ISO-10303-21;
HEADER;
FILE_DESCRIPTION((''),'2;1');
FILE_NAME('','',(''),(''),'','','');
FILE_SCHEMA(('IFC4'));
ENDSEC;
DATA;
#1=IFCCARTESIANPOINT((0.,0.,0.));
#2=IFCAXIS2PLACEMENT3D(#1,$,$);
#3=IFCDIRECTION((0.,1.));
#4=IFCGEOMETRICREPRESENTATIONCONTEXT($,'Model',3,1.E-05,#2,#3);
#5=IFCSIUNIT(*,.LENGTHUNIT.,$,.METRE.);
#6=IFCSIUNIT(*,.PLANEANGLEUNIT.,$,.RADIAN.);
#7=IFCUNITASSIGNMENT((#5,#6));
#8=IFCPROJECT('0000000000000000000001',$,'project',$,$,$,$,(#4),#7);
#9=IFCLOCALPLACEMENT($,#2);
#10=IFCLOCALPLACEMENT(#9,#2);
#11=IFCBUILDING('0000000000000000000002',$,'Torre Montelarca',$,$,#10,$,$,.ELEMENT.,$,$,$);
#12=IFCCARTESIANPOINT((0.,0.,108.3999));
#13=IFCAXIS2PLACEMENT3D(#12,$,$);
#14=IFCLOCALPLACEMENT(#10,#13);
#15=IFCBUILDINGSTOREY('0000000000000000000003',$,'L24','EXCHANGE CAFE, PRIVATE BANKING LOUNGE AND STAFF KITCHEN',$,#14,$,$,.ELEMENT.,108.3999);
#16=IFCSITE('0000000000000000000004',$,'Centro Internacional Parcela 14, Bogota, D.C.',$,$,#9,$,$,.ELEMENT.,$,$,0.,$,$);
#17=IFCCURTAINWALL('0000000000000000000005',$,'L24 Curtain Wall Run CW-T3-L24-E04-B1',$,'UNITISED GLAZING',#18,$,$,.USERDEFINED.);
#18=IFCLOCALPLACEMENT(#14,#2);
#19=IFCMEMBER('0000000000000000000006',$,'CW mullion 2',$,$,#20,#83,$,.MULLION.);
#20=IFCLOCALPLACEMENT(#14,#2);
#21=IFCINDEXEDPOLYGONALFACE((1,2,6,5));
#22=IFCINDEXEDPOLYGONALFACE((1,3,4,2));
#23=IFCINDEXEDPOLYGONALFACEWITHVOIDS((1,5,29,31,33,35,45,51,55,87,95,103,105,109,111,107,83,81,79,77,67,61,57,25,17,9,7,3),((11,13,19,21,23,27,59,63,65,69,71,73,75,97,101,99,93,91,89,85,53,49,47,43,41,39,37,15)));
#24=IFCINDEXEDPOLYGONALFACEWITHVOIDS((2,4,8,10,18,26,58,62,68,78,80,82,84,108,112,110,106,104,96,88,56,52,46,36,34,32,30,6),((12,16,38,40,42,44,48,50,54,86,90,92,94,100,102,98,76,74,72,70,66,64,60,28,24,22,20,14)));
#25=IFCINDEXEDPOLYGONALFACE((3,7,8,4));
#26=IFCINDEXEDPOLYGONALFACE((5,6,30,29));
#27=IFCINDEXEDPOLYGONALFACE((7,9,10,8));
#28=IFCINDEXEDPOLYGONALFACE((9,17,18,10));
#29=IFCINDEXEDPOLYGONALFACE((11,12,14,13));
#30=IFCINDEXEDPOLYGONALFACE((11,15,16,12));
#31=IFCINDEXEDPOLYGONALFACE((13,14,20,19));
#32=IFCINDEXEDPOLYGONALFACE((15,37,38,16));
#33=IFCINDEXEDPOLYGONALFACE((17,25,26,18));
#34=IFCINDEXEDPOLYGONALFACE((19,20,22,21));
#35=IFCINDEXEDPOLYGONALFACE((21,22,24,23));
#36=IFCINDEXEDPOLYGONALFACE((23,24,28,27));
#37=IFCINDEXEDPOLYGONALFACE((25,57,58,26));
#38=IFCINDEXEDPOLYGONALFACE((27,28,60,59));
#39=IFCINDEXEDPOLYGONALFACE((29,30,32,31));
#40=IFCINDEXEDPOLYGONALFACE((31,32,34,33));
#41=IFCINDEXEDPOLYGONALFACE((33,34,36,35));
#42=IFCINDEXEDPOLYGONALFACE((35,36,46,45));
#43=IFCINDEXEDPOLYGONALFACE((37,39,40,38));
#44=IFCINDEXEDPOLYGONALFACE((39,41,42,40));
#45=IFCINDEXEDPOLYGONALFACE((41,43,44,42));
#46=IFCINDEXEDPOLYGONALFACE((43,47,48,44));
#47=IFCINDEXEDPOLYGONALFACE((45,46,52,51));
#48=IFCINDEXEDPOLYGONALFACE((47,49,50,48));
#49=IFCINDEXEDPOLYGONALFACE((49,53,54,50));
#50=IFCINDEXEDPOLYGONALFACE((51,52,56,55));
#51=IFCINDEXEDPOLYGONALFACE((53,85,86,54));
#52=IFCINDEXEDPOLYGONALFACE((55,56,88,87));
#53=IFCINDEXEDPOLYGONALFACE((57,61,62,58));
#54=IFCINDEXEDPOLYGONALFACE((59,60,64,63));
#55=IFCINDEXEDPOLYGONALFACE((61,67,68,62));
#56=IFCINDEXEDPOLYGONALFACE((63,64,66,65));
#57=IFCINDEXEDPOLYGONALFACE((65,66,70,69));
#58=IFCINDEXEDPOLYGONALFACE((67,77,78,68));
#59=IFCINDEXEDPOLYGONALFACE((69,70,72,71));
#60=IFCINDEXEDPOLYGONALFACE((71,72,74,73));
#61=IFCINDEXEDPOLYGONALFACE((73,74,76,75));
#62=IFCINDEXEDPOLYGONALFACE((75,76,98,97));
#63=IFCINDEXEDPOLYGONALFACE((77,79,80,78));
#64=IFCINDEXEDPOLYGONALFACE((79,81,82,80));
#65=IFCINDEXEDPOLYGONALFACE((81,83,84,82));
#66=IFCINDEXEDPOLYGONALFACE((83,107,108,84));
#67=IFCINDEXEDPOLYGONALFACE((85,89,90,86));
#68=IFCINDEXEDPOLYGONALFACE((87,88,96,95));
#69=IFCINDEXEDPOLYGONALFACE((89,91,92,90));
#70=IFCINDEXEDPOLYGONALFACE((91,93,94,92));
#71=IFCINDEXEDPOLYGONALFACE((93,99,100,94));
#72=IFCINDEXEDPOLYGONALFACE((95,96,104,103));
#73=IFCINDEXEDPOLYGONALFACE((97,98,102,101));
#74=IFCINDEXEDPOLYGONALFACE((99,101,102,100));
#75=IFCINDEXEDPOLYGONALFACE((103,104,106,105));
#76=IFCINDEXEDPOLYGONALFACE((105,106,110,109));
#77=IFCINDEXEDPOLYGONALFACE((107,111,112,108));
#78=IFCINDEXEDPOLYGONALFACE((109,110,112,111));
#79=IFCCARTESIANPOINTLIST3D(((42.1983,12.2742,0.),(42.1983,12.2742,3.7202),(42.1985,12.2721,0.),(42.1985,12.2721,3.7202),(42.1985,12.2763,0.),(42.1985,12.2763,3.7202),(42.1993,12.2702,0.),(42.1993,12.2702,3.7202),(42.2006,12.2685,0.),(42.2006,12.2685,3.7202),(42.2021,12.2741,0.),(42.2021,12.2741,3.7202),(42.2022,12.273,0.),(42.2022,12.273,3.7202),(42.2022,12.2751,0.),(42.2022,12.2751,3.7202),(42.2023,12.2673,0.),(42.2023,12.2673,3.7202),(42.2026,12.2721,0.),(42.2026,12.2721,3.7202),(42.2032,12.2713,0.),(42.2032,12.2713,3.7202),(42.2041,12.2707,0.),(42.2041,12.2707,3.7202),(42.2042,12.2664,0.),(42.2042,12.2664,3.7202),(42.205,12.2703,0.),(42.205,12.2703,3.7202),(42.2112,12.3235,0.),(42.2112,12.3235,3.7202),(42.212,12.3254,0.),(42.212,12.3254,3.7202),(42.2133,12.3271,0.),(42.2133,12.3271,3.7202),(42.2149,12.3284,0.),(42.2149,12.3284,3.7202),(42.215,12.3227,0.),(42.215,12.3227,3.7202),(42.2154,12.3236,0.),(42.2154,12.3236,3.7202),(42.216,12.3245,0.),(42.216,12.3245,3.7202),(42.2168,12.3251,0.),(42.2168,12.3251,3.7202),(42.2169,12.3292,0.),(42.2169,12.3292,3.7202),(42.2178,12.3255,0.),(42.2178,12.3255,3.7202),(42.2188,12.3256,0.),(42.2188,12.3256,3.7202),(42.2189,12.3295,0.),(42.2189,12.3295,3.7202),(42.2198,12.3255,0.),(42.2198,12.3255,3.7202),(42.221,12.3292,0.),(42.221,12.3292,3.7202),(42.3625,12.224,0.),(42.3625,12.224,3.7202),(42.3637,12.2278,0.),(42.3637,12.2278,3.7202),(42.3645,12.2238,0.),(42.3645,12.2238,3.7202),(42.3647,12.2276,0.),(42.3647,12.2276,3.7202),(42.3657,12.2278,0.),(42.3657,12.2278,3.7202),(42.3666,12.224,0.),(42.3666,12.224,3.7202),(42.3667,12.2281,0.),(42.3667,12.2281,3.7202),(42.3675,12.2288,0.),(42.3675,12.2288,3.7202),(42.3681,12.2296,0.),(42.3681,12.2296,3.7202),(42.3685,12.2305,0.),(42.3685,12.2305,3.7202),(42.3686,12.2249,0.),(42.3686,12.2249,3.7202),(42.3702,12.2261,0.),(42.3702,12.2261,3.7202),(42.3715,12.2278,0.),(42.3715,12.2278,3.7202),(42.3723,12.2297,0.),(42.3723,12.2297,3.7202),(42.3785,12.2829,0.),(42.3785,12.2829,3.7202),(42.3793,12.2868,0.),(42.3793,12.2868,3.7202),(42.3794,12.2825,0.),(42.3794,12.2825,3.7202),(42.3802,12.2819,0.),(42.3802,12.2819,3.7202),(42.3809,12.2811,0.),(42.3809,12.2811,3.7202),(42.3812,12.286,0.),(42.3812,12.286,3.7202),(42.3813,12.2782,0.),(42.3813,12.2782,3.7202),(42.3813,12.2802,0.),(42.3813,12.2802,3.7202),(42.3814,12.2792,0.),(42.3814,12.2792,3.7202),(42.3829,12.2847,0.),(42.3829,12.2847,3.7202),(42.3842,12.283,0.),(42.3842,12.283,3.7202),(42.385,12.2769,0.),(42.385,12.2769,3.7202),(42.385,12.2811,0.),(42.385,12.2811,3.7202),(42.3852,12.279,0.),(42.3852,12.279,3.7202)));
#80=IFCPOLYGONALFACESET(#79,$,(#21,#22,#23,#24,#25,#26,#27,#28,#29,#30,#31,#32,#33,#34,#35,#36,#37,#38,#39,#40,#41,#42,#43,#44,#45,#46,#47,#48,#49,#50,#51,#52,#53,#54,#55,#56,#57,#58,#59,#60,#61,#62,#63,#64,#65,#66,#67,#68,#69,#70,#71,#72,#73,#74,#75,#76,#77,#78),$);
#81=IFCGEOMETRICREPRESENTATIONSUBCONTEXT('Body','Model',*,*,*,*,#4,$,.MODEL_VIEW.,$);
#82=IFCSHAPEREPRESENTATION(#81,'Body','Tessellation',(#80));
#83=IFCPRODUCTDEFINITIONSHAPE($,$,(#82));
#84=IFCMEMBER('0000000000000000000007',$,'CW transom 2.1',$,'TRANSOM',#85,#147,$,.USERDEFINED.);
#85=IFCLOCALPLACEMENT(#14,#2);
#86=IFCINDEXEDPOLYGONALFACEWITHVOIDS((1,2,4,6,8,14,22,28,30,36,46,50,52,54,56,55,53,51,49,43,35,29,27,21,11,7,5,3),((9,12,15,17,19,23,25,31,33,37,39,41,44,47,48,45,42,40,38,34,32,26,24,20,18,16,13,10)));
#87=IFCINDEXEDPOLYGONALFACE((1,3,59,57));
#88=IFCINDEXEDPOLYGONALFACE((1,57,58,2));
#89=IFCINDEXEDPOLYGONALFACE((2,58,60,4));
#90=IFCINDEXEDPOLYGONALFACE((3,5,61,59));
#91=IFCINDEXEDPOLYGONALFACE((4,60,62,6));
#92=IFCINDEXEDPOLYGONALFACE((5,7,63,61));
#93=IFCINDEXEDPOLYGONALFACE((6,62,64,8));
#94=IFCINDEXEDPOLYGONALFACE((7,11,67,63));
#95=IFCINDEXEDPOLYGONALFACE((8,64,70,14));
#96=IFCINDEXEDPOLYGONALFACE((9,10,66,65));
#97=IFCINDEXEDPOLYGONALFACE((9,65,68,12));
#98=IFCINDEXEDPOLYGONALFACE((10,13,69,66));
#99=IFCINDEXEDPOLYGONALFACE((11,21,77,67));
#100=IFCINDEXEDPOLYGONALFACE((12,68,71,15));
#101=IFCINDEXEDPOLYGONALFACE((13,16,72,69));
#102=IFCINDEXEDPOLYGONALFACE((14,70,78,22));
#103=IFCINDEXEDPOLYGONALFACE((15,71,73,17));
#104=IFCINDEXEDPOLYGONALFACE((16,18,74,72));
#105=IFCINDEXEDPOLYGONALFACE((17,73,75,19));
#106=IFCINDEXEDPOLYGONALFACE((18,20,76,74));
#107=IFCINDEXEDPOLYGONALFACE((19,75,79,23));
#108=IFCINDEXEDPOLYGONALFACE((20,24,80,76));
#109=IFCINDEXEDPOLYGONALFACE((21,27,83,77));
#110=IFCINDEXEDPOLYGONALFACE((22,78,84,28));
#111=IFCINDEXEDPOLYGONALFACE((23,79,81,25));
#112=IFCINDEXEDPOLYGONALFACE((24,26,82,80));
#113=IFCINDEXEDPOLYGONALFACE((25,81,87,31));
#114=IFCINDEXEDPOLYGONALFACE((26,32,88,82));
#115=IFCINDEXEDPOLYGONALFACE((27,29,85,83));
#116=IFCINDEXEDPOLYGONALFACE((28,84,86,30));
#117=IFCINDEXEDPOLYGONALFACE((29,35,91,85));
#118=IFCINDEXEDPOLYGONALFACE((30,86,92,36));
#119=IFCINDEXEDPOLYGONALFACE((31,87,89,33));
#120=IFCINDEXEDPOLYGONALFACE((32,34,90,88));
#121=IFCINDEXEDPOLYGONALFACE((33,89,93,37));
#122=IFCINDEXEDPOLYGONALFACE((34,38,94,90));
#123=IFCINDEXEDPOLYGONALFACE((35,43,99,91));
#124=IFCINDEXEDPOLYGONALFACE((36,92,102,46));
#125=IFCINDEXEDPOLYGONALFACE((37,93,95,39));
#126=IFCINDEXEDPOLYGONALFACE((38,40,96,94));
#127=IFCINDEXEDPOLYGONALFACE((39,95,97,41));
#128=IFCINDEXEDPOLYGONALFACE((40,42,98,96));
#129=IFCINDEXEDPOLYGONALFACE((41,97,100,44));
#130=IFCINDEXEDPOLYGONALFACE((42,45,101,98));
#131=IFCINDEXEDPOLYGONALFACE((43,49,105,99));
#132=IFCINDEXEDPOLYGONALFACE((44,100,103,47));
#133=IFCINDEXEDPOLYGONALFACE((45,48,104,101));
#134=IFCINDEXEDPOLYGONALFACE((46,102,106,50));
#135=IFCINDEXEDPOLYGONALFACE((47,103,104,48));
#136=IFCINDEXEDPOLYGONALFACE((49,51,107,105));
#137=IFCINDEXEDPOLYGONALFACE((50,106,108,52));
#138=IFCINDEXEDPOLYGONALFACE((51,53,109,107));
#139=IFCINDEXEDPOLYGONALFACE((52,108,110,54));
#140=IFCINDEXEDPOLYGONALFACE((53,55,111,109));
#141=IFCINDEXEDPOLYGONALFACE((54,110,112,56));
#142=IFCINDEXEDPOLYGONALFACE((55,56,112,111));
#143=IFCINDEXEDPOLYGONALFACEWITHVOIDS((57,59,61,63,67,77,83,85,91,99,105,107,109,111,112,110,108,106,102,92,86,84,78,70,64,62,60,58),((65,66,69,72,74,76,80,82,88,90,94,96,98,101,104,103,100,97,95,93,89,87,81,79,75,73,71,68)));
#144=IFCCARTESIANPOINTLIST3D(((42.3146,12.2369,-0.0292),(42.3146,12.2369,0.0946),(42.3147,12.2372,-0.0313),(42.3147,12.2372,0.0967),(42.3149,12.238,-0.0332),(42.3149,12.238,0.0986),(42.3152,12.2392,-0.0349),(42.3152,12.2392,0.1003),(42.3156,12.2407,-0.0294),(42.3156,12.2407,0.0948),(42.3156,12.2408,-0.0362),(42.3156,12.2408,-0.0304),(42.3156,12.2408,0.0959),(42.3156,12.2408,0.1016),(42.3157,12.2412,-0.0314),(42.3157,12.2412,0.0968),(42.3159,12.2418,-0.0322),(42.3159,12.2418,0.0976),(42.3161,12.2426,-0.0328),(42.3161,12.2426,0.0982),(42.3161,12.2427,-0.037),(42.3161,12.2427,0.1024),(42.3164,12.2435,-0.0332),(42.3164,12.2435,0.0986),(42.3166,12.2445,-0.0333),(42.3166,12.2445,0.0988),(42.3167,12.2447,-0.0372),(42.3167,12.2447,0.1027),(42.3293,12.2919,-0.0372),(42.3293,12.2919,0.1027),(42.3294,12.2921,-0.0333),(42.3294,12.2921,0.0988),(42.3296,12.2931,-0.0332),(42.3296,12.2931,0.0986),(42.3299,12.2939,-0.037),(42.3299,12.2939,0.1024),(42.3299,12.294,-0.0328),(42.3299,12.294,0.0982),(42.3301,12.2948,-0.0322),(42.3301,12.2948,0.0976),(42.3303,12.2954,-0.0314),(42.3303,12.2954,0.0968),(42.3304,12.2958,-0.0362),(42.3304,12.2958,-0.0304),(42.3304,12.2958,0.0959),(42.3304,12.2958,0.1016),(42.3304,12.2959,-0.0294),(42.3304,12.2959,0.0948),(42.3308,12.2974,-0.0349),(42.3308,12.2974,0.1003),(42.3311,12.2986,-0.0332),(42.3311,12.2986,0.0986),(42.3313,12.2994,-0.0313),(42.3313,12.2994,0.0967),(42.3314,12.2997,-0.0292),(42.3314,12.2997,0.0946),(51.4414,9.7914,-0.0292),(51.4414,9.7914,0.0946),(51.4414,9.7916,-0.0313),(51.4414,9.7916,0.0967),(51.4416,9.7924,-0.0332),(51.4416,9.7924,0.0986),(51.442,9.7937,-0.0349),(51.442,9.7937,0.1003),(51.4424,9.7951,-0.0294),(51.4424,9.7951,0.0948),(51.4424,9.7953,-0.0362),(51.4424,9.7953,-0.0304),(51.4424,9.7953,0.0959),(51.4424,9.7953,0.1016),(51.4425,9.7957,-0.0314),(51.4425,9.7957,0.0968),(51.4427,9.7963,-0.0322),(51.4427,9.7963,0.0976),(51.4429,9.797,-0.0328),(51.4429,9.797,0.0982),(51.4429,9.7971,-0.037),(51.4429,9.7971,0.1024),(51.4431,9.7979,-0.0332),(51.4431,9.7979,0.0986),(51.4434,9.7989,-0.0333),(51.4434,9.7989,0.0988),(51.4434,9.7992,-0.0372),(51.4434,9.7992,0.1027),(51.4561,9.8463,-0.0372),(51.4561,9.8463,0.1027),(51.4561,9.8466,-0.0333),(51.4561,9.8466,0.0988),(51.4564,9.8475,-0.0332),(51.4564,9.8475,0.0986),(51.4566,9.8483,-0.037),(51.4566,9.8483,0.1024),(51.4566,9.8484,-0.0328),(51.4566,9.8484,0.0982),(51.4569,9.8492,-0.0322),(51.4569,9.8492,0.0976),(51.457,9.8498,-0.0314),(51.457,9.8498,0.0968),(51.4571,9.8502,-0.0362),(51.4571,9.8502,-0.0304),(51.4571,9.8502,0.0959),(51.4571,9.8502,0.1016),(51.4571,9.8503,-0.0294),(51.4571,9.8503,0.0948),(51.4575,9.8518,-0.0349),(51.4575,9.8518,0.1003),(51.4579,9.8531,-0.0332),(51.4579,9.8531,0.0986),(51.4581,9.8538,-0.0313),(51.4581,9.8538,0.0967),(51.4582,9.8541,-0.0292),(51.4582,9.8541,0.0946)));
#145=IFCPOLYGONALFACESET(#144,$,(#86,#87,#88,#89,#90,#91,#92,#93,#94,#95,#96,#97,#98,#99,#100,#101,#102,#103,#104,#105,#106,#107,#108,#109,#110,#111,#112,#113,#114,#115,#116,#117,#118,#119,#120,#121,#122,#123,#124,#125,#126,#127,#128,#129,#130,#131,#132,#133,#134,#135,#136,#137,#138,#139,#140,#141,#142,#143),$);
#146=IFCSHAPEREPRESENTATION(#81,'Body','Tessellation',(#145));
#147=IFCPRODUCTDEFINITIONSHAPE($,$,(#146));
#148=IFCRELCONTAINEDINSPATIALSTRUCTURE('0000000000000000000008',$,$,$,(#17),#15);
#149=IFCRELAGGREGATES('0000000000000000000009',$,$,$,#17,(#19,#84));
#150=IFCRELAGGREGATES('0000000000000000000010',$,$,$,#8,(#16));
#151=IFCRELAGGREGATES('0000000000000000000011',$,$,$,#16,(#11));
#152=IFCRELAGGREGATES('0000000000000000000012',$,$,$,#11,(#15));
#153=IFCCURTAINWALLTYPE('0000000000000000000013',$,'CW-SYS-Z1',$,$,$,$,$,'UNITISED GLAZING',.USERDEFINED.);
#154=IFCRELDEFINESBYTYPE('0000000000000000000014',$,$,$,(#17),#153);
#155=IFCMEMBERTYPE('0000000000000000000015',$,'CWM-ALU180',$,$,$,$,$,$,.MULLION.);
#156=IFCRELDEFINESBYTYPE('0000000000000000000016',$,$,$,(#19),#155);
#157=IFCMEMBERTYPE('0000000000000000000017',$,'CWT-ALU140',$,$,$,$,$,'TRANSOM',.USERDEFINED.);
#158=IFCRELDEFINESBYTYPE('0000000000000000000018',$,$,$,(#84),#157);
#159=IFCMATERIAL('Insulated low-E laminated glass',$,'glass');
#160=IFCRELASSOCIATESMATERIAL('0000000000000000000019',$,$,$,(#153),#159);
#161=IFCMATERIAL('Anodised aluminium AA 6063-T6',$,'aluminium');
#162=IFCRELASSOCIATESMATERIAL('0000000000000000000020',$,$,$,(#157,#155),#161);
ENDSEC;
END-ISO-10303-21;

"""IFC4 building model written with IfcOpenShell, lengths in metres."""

from ifc_helpers import new_model, si_unit, direction, frame, origin, origin_2d, place, context, subcontext, project, spatial, hollow_rectangle, extrude, source, transform, mapped, material, material_profile, profile_set, type_object, element, aggregate, save


model = new_model("IFC4")

# Units and contexts
model_context = context("Model", 3, precision=1e-05, world=origin(), true_north=direction((0.0, 1.0)))
body_context = subcontext(model_context, "Body", "Model", "MODEL_VIEW")
ifc_project = project(units=[si_unit("LENGTHUNIT", "METRE"), si_unit("PLANEANGLEUNIT", "RADIAN")], contexts=[model_context])

# Site, building, storey
site_placement = place(None, origin())
site = spatial("IfcSite", under=ifc_project, at=site_placement, Name="Centro Internacional Parcela 14, Bogota, D.C.", CompositionType="ELEMENT", RefElevation=0.0)
building_placement = place(site_placement, origin())
building = spatial("IfcBuilding", under=site, at=building_placement, Name="Torre Montelarca", CompositionType="ELEMENT")
storey_placement = place(building_placement, frame((0.0, 0.0, 108.3999)))
storey = spatial("IfcBuildingStorey", under=building, at=storey_placement, Name="L24", Description="EXCHANGE CAFE, PRIVATE BANKING LOUNGE AND STAFF KITCHEN", CompositionType="ELEMENT", Elevation=108.3999)

# Shared definitions
ifc_material_1 = material(Name="Insulated low-E laminated glass", Category="glass")
curtain_wall_type = type_object("IfcCurtainWallType", Name="CW-SYS-Z1", ElementType="UNITISED GLAZING", PredefinedType="USERDEFINED", material=ifc_material_1)
ifc_material_2 = material(Name="Anodised aluminium AA 6063-T6", Category="aluminium")
ifc_material_profile_1 = material_profile(ifc_material_2, hollow_rectangle(XDim=0.0649, YDim=0.1399, WallThickness=0.0039, InnerFilletRadius=0.0039, OuterFilletRadius=0.0081, at=origin_2d()), Name="ALU65X140X4", Category="aluminium")
ifc_profile_set_1 = profile_set([ifc_material_profile_1], Name="Anodised aluminium AA 6063-T6")
member_type_1 = type_object("IfcMemberType", Name="CWT-ALU140", ElementType="TRANSOM", PredefinedType="USERDEFINED", material=ifc_profile_set_1)

# Curtain wall
curtain_wall_1_placement = place(storey_placement, origin())
curtain_wall_1 = element("IfcCurtainWall", 1, at=curtain_wall_1_placement, inside=storey, type_object=curtain_wall_type, Name="L24 Curtain Wall Run CW-T3-L24-E04-B1", ObjectType="UNITISED GLAZING", PredefinedType="USERDEFINED")

# Members
ifc_material_profile_2 = material_profile(ifc_material_2, hollow_rectangle(XDim=0.0649, YDim=0.1799, WallThickness=0.0039, InnerFilletRadius=0.0039, OuterFilletRadius=0.0081, at=origin_2d()), Name="ALU65X180X4", Category="aluminium")
ifc_profile_set_2 = profile_set([ifc_material_profile_2], Name="Anodised aluminium AA 6063-T6")
member_type_2 = type_object("IfcMemberType", Name="CWM-ALU180", PredefinedType="MULLION", material=ifc_profile_set_2)
shared_shape_1 = source(origin(), body_context, "Body", "SweptSolid", [
    extrude(hollow_rectangle(XDim=0.0649, YDim=0.1799, WallThickness=0.0039, InnerFilletRadius=0.0039, OuterFilletRadius=0.0081, at=origin_2d()), origin(), (0.0, 0.0, 1.0), 3.7202),
])
member_1_placement = place(storey_placement, frame((42.2917, 12.2766, 0.0), z_axis=(0.0, 0.0, 1.0), x_axis=(0.258823, 0.965925, 0.0)))
member_1 = element("IfcMember", 2, at=member_1_placement, type_object=member_type_2, Name="CW mullion 2", PredefinedType="MULLION", context=body_context, shape_type="MappedRepresentation", body=[
    mapped(shared_shape_1, transform((0.0, 0.0, 0.0), scale=1.0)),
])
shared_shape_2 = source(origin(), body_context, "Body", "SweptSolid", [
    extrude(hollow_rectangle(XDim=0.0649, YDim=0.1399, WallThickness=0.0039, InnerFilletRadius=0.0039, OuterFilletRadius=0.0081, at=origin_2d()), origin(), (0.0, 0.0, 1.0), 9.4487),
])
member_2_placement = place(storey_placement, frame((42.323, 12.2683, 0.0327), z_axis=(0.965924, -0.258825, 0.0), x_axis=(0.258825, 0.965924, 0.0)))
member_2 = element("IfcMember", 3, at=member_2_placement, type_object=member_type_1, Name="CW transom 2.1", ObjectType="TRANSOM", PredefinedType="USERDEFINED", context=body_context, shape_type="MappedRepresentation", body=[
    mapped(shared_shape_2, transform((0.0, 0.0, 0.0), scale=1.0)),
])

aggregate(curtain_wall_1, [member_1, member_2])

save(model, "model.ifc")
